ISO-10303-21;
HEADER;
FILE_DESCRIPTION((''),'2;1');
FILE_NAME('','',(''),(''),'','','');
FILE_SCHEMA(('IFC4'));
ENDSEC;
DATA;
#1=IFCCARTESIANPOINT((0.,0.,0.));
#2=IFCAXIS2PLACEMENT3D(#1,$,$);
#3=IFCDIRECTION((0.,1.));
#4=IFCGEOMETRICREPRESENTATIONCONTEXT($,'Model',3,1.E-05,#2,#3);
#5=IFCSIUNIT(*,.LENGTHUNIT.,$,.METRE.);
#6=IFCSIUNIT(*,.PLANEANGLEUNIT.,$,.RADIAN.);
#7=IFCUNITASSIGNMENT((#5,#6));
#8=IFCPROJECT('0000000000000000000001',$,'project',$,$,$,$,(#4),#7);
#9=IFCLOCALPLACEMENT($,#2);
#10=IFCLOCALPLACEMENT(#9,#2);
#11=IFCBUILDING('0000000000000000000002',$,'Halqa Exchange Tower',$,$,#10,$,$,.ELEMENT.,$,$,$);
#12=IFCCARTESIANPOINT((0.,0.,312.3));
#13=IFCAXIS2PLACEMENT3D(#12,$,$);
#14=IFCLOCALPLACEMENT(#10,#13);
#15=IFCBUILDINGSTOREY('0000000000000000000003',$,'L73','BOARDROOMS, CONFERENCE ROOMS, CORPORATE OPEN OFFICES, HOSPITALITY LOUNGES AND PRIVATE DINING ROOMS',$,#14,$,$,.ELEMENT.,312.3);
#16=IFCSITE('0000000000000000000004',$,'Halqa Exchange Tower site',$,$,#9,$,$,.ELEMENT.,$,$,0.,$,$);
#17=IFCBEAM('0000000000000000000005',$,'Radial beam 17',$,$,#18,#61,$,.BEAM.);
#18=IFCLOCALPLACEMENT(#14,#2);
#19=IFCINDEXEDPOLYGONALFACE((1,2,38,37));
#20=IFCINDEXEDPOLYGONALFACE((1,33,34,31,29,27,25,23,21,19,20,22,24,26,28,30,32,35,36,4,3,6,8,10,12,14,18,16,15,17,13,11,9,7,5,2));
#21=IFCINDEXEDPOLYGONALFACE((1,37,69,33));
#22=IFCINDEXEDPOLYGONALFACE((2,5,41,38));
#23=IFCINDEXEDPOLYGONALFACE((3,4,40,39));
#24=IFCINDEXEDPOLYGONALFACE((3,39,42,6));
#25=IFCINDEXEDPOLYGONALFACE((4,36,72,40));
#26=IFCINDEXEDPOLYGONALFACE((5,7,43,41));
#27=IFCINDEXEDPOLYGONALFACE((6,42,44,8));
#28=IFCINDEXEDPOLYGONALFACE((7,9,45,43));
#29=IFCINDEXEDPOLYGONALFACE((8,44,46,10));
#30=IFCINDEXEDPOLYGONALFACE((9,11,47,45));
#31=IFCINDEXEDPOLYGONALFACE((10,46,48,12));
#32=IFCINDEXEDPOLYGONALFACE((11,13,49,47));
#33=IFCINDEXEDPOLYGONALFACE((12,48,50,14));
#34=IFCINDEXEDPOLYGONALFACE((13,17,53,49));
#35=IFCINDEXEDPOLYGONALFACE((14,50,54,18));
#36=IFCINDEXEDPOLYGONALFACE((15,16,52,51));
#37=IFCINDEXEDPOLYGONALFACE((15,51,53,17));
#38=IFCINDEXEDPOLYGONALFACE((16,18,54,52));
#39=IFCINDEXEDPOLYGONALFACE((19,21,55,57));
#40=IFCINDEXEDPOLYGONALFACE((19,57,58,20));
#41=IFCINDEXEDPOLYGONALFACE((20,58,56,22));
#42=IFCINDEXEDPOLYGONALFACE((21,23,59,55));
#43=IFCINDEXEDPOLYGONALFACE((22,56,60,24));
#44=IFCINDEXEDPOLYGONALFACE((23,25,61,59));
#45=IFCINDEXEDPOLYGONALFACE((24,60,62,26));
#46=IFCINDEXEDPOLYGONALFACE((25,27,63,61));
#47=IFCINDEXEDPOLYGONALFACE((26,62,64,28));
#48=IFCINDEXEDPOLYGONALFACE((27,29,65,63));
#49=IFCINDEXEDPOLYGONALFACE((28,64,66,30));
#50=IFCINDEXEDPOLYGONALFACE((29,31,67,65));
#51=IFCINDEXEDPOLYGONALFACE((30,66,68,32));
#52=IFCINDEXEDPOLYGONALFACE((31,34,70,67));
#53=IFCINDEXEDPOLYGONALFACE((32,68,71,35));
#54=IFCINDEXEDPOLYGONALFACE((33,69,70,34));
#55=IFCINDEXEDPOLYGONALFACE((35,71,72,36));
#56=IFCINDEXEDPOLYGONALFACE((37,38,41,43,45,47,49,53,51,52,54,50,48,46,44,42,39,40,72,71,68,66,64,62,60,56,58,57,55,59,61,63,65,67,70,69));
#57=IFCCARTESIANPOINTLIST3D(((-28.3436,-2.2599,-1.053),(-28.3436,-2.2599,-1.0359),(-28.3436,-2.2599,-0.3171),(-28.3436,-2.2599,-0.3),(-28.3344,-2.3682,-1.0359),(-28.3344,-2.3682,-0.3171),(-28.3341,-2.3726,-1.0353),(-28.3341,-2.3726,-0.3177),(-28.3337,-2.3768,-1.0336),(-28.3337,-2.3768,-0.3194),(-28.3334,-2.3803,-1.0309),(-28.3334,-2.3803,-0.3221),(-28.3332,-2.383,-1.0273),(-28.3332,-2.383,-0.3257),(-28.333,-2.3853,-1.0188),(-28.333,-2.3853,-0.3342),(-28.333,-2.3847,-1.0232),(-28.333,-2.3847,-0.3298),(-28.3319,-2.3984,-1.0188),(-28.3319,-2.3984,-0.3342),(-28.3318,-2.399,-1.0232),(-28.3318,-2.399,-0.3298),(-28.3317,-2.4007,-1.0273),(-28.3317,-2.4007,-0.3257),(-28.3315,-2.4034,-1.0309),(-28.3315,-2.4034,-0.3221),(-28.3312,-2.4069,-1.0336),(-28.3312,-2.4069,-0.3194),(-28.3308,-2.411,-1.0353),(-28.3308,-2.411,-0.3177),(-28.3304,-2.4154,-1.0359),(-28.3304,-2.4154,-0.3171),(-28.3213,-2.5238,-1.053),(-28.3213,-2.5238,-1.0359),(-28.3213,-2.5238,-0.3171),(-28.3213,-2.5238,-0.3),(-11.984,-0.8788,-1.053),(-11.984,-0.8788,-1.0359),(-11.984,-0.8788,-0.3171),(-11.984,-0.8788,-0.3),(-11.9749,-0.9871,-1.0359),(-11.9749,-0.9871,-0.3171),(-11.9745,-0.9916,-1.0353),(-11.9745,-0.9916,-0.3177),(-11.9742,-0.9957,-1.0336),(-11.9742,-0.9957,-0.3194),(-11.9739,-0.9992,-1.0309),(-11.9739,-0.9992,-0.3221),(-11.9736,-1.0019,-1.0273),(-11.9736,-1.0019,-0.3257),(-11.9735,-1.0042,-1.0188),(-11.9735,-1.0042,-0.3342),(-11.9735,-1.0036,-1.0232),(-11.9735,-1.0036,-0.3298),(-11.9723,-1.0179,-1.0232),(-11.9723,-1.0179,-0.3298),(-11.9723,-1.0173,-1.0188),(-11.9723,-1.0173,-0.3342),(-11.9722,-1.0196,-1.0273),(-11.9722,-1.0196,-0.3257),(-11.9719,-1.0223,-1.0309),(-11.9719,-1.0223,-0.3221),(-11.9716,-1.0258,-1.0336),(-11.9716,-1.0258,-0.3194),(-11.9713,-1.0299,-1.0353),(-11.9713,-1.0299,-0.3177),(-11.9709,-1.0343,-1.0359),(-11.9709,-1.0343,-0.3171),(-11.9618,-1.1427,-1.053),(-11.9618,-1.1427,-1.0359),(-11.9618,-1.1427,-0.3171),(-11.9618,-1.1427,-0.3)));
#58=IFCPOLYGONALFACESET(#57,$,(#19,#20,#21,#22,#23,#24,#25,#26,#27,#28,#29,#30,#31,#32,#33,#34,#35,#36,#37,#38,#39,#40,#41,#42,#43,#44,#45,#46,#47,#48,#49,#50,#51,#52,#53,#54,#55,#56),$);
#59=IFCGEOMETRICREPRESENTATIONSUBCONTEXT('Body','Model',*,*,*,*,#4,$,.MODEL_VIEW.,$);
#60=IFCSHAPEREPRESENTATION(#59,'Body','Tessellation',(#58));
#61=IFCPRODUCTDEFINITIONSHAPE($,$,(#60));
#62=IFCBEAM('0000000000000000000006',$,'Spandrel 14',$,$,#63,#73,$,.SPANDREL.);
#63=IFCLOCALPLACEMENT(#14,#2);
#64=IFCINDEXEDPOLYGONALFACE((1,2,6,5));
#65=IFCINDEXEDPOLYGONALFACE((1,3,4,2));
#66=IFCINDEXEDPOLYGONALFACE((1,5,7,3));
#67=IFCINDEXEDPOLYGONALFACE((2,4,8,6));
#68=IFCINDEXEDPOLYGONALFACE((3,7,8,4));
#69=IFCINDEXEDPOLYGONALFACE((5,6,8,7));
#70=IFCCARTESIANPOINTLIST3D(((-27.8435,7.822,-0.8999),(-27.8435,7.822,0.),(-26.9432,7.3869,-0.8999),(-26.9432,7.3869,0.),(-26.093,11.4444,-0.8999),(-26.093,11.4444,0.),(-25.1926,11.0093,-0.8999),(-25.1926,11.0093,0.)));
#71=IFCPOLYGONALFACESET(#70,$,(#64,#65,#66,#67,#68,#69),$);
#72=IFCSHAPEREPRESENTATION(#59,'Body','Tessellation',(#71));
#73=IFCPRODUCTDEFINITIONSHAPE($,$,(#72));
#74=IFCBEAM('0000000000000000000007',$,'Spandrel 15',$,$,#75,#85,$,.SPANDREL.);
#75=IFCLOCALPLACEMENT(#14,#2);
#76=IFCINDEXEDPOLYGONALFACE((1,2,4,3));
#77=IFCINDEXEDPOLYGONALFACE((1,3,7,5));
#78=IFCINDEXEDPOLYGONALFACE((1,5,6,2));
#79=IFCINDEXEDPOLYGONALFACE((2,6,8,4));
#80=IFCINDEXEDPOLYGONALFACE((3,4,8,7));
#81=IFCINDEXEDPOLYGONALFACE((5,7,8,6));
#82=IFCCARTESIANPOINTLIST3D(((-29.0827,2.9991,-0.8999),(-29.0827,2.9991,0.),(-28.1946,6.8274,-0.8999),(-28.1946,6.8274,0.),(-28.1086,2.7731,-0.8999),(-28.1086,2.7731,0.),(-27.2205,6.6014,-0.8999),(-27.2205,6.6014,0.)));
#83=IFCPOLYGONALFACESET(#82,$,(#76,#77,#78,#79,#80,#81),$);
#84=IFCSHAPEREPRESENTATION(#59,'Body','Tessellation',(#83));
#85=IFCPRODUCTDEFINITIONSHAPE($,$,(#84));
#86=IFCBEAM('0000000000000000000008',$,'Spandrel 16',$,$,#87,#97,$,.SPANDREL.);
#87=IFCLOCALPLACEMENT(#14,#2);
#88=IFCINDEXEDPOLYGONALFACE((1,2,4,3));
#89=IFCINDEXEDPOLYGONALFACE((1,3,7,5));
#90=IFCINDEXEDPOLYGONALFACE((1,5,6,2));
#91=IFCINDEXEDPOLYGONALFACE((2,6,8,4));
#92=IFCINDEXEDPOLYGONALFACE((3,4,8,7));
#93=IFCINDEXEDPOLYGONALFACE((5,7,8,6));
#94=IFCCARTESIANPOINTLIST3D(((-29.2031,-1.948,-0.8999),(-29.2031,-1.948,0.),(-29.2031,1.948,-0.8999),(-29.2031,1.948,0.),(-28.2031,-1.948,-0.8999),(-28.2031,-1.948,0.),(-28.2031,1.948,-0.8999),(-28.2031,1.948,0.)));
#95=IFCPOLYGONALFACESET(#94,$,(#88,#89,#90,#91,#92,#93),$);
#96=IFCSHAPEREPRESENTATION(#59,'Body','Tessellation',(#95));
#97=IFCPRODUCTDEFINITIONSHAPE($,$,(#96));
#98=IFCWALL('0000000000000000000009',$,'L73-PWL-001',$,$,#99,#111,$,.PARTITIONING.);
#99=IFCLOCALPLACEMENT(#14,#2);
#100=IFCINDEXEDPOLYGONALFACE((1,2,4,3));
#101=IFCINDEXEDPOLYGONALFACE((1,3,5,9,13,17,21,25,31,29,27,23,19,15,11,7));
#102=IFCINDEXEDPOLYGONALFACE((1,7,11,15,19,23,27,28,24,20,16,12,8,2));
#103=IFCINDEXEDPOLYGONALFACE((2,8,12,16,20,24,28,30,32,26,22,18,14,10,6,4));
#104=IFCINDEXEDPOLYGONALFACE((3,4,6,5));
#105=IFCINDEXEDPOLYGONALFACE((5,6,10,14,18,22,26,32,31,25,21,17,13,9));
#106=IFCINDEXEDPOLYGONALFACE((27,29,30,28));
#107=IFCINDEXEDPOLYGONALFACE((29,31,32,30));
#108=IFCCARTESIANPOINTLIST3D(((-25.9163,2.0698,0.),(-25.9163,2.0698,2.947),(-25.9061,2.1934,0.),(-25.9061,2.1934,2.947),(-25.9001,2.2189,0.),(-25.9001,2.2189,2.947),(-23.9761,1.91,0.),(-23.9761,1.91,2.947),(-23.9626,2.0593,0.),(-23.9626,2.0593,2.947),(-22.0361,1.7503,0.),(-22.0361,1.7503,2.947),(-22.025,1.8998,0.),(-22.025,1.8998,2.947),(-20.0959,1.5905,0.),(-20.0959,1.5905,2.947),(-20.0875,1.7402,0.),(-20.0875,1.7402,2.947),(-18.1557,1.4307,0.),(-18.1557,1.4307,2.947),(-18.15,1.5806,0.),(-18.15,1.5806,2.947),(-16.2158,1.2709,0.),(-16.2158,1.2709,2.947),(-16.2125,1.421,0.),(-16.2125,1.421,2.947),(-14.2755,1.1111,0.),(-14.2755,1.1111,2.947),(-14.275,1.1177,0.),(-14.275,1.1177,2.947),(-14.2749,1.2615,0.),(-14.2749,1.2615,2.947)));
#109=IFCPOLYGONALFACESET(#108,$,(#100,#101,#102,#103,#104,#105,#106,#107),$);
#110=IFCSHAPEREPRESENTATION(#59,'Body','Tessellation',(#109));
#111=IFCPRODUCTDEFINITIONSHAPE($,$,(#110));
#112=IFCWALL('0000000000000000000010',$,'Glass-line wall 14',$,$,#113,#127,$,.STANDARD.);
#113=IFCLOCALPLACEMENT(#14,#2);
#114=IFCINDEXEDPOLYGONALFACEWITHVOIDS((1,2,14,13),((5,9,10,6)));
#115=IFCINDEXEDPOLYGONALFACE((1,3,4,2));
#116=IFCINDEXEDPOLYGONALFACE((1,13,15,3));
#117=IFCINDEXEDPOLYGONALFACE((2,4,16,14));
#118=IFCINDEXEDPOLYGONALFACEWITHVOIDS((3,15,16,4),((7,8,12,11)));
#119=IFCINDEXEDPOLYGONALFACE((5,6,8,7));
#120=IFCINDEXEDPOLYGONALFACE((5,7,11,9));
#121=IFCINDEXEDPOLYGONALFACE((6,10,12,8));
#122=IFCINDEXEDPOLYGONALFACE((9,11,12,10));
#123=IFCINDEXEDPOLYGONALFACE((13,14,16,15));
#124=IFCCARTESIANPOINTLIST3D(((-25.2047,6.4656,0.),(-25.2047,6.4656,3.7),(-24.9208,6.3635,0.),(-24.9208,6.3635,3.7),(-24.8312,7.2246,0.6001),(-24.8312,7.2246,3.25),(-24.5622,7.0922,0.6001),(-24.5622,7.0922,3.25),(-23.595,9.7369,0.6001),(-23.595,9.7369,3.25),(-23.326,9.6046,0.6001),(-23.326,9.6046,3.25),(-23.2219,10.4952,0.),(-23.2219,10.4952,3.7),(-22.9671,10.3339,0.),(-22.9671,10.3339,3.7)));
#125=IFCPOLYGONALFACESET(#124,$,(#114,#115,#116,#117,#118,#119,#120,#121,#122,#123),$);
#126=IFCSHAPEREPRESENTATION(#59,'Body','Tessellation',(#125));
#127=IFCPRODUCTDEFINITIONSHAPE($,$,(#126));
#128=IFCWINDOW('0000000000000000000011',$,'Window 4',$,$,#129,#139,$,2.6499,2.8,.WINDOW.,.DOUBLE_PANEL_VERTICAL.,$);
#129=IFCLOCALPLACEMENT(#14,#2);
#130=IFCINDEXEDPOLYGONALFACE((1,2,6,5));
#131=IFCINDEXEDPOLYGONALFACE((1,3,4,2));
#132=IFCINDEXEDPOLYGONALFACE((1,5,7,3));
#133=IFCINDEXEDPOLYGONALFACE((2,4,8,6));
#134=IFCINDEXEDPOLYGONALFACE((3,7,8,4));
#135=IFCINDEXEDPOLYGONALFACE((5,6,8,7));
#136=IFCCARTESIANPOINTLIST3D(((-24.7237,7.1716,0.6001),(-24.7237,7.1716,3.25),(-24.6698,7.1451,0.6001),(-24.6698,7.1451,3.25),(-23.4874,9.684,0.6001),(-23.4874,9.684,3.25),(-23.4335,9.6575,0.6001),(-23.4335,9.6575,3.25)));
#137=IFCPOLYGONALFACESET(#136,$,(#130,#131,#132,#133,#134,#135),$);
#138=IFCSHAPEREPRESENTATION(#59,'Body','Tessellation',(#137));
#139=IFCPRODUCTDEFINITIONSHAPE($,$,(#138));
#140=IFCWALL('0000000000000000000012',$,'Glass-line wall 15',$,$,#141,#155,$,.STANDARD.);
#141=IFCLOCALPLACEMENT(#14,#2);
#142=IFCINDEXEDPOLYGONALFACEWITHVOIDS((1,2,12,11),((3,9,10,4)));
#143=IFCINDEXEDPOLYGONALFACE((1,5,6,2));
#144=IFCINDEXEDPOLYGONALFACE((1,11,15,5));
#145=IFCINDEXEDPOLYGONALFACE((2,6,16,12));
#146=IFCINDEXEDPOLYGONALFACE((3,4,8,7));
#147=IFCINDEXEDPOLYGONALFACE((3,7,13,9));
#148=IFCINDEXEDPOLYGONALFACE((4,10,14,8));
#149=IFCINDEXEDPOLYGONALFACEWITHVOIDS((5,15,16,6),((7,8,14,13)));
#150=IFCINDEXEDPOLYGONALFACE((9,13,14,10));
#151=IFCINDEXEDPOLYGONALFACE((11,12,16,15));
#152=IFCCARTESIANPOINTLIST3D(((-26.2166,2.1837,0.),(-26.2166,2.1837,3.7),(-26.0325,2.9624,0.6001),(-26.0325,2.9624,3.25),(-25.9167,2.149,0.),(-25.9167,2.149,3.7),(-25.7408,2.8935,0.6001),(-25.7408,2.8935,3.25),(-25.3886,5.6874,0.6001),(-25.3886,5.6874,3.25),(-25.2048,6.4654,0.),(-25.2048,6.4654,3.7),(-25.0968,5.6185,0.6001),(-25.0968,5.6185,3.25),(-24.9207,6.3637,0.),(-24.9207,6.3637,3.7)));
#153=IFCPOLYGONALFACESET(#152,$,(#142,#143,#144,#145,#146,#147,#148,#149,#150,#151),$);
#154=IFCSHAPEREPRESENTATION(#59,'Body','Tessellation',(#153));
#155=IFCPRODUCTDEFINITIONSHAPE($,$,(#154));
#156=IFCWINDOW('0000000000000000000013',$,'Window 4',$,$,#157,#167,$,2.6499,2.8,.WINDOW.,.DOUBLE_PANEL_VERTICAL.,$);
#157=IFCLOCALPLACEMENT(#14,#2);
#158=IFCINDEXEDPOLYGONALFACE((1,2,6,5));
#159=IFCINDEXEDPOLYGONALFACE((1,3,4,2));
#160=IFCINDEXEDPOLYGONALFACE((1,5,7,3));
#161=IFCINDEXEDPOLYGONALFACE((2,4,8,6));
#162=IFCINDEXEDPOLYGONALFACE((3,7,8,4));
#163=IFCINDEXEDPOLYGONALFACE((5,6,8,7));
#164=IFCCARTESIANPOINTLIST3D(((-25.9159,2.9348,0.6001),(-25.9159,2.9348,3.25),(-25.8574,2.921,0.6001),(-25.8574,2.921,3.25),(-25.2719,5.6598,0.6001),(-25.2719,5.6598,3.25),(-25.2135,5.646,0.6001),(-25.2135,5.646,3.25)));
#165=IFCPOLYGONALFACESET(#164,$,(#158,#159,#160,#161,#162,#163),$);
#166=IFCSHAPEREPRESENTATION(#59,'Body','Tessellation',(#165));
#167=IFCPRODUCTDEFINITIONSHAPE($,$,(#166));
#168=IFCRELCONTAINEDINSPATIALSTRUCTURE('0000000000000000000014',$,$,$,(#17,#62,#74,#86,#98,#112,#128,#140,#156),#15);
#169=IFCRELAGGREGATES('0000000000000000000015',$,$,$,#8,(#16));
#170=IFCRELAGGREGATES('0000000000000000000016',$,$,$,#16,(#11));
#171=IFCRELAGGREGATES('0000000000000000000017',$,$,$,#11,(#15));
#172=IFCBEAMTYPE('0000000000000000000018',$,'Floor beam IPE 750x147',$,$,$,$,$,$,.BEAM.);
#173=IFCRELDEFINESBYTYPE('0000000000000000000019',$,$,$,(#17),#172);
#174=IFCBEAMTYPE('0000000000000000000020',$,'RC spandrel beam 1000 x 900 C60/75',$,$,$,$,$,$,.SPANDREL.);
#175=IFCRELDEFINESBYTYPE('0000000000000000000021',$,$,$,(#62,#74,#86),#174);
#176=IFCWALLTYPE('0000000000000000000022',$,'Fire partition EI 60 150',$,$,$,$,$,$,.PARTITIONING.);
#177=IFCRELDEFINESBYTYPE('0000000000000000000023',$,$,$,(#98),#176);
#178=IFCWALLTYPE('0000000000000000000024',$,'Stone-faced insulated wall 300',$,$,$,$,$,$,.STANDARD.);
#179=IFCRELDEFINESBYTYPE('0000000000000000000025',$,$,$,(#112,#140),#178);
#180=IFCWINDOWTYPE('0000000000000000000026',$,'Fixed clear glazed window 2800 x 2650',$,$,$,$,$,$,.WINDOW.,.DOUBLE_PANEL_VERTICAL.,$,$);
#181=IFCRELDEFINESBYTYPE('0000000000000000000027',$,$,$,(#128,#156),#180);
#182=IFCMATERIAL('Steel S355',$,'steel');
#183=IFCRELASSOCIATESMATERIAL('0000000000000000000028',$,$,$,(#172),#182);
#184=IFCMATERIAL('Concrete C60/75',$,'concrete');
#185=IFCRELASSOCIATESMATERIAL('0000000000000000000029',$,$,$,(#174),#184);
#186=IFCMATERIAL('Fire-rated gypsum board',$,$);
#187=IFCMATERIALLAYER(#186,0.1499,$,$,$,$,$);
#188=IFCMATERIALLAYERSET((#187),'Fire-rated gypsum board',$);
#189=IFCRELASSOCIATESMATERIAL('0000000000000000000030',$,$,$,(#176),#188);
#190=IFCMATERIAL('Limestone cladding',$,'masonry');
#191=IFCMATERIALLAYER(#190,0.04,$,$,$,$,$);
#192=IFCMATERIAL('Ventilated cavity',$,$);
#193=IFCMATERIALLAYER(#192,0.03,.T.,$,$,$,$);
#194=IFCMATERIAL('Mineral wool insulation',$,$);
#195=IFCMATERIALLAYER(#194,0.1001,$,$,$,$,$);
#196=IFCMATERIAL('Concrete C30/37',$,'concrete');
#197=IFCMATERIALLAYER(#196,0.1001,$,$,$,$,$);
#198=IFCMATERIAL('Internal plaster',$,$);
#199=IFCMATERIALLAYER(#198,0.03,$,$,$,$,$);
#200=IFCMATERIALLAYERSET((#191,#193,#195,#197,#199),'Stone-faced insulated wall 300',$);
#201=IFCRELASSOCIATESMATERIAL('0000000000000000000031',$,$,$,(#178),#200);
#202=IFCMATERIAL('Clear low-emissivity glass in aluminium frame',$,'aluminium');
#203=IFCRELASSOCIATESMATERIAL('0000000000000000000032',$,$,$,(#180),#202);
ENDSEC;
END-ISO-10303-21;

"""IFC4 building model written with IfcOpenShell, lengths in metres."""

from ifc_helpers import new_model, si_unit, direction, frame, frame_2d, origin, origin_2d, place, context, subcontext, project, spatial, polyline, rectangle, i_section, outline, extrude, material, layer, layer_set, material_profile, profile_set, type_object, element, fill, save


model = new_model("IFC4")

# Units and contexts
model_context = context("Model", 3, precision=1e-05, world=origin(), true_north=direction((0.0, 1.0)))
body_context = subcontext(model_context, "Body", "Model", "MODEL_VIEW")
ifc_project = project(units=[si_unit("LENGTHUNIT", "METRE"), si_unit("PLANEANGLEUNIT", "RADIAN")], contexts=[model_context])

# Site, building, storey
site_placement = place(None, origin())
site = spatial("IfcSite", under=ifc_project, at=site_placement, Name="Halqa Exchange Tower site", CompositionType="ELEMENT", RefElevation=0.0)
building_placement = place(site_placement, origin())
building = spatial("IfcBuilding", under=site, at=building_placement, Name="Halqa Exchange Tower", CompositionType="ELEMENT")
storey_placement = place(building_placement, frame((0.0, 0.0, 312.3)))
storey = spatial("IfcBuildingStorey", under=building, at=storey_placement, Name="L73", Description="BOARDROOMS, CONFERENCE ROOMS, CORPORATE OPEN OFFICES, HOSPITALITY LOUNGES AND PRIVATE DINING ROOMS", CompositionType="ELEMENT", Elevation=312.3)

# Beams
ifc_material_1 = material(Name="Steel S355", Category="steel")
ifc_material_profile_1 = material_profile(ifc_material_1, i_section(OverallWidth=0.2649, OverallDepth=0.7529, WebThickness=0.0132, FlangeThickness=0.0171, FilletRadius=0.0171, at=origin_2d()), Name="IPE 750x147")
ifc_profile_set_1 = profile_set([ifc_material_profile_1], Name="Steel S355")
beam_type_1 = type_object("IfcBeamType", Name="Floor beam IPE 750x147", PredefinedType="BEAM", material=ifc_profile_set_1)
for number, where, z_axis, x_axis, name in (
    (1, (-11.9729, -1.0107, -0.6765), (-0.996455, -0.084122, 0.0), (0.084122, -0.996455, 0.0), "Radial beam 17"),
):
    element("IfcBeam", number, at=place(storey_placement, frame(where, z_axis=z_axis, x_axis=x_axis)), inside=storey, type_object=beam_type_1, Name=name, PredefinedType="BEAM", context=body_context, shape_type="SweptSolid", body=[
        extrude(i_section(OverallWidth=0.2649, OverallDepth=0.7529, WebThickness=0.0132, FlangeThickness=0.0171, FilletRadius=0.0171, at=origin_2d()), origin(), (0.0, 0.0, 1.0), 16.4177),
    ])
ifc_material_2 = material(Name="Concrete C60/75", Category="concrete")
ifc_material_profile_2 = material_profile(ifc_material_2, rectangle(XDim=1.0, YDim=0.8999, at=origin_2d()), Name="1000 x 900")
ifc_profile_set_2 = profile_set([ifc_material_profile_2], Name="Concrete C60/75")
beam_type_2 = type_object("IfcBeamType", Name="RC spandrel beam 1000 x 900 C60/75", PredefinedType="SPANDREL", material=ifc_profile_set_2)
beam_1_placement = place(storey_placement, frame((-25.6428, 11.2268, -0.45), z_axis=(-0.435109, -0.900378, 0.0), x_axis=(0.900378, -0.435109, 0.0)))
element("IfcBeam", 2, at=beam_1_placement, inside=storey, type_object=beam_type_2, Name="Spandrel 14", PredefinedType="SPANDREL", context=body_context, shape_type="SweptSolid", body=[
    extrude(rectangle(XDim=1.0, YDim=0.8999, at=origin_2d()), origin(), (0.0, 0.0, 1.0), 4.0232),
])
beam_2_placement = place(storey_placement, frame((-27.7075, 6.7144, -0.45), z_axis=(-0.225998, -0.974128, 0.0), x_axis=(0.974128, -0.225998, 0.0)))
element("IfcBeam", 3, at=beam_2_placement, inside=storey, type_object=beam_type_2, Name="Spandrel 15", PredefinedType="SPANDREL", context=body_context, shape_type="SweptSolid", body=[
    extrude(rectangle(XDim=1.0, YDim=0.8999, at=origin_2d()), origin(), (0.0, 0.0, 1.0), 3.9299),
])
beam_3_placement = place(storey_placement, frame((-28.7031, 1.948, -0.45), z_axis=(0.0, -1.0, 0.0), x_axis=(1.0, 0.0, 0.0)))
element("IfcBeam", 4, at=beam_3_placement, inside=storey, type_object=beam_type_2, Name="Spandrel 16", PredefinedType="SPANDREL", context=body_context, shape_type="SweptSolid", body=[
    extrude(rectangle(XDim=1.0, YDim=0.8999, at=origin_2d()), origin(), (0.0, 0.0, 1.0), 3.896),
])

# Wall
ifc_material_3 = material(Name="Fire-rated gypsum board")
ifc_layer_1 = layer(ifc_material_3, 0.1499)
ifc_layer_set_1 = layer_set([ifc_layer_1], Name="Fire-rated gypsum board")
wall_type_1 = type_object("IfcWallType", Name="Fire partition EI 60 150", PredefinedType="PARTITIONING", material=ifc_layer_set_1)
wall_1_placement = place(storey_placement, frame((-25.9102, 2.1445, 0.0), z_axis=(0.0, 0.0, 1.0), x_axis=(0.996626, -0.082082, 0.0)))
element("IfcWall", 5, at=wall_1_placement, inside=storey, type_object=wall_type_1, Name="L73-PWL-001", PredefinedType="PARTITIONING", context=body_context, shape_type="SweptSolid", body=[
    extrude(outline(polyline([(11.6802, -0.075), (11.6802, -0.0684), (11.6685, 0.075), (9.7244, 0.075), (7.7803, 0.075), (5.8362, 0.075), (3.8921, 0.075), (1.948, 0.075), (0.0039, 0.075), (0.0, 0.0491), (0.0, -0.075), (1.9468, -0.075), (3.8933, -0.075), (5.8401, -0.075), (7.7869, -0.075), (9.7334, -0.075), (11.6802, -0.075)])), origin(), (0.0, 0.0, 1.0), 2.947),
])

# Walls, openings, windows
ifc_material_4 = material(Name="Limestone cladding", Category="masonry")
ifc_layer_2 = layer(ifc_material_4, 0.04)
ifc_material_5 = material(Name="Ventilated cavity")
ifc_layer_3 = layer(ifc_material_5, 0.03, ventilated=True)
ifc_material_6 = material(Name="Mineral wool insulation")
ifc_layer_4 = layer(ifc_material_6, 0.1001)
ifc_material_7 = material(Name="Concrete C30/37", Category="concrete")
ifc_layer_5 = layer(ifc_material_7, 0.1001)
ifc_material_8 = material(Name="Internal plaster")
ifc_layer_6 = layer(ifc_material_8, 0.03)
ifc_layer_set_2 = layer_set([ifc_layer_2, ifc_layer_3, ifc_layer_4, ifc_layer_5, ifc_layer_6], Name="Stone-faced insulated wall 300")
wall_type_2 = type_object("IfcWallType", Name="Stone-faced insulated wall 300", PredefinedType="STANDARD", material=ifc_layer_set_2)
wall_2_placement = place(storey_placement, frame((-23.0945, 10.4146, 0.0), z_axis=(0.0, 0.0, 1.0), x_axis=(-0.441509, -0.897257, 0.0)))
wall_2 = element("IfcWall", 6, at=wall_2_placement, inside=storey, type_object=wall_type_2, Name="Glass-line wall 14", PredefinedType="STANDARD", context=body_context, shape_type="SweptSolid", body=[
    extrude(outline(polyline([(-0.0161, -0.1499), (4.4749, -0.1499), (4.4412, 0.1499), (0.0161, 0.1499), (-0.0161, -0.1499)])), origin(), (0.0, 0.0, 1.0), 3.7),
])
opening_1_placement = place(wall_2_placement, frame((0.8291, 0.0, 0.6001)))
opening_1 = element("IfcOpeningElement", 7, at=opening_1_placement, cuts=wall_2, PredefinedType="OPENING", context=body_context, shape_type="SweptSolid", body=[
    extrude(rectangle(XDim=2.8, YDim=2.6499, at=frame_2d((1.3999, 1.325))), frame((0.0, 0.1621, 0.0), z_axis=(0.0, -1.0, 0.0), x_axis=(1.0, 0.0, 0.0)), (0.0, 0.0, 1.0), 0.324),
])
ifc_material_9 = material(Name="Clear low-emissivity glass in aluminium frame", Category="aluminium")
window_type = type_object("IfcWindowType", Name="Fixed clear glazed window 2800 x 2650", PartitioningType="DOUBLE_PANEL_VERTICAL", PredefinedType="WINDOW", material=ifc_material_9)
window_1_placement = place(opening_1_placement, origin())
window_1 = element("IfcWindow", 8, at=window_1_placement, inside=storey, type_object=window_type, Name="Window 4", OverallHeight=2.6499, OverallWidth=2.8, PartitioningType="DOUBLE_PANEL_VERTICAL", PredefinedType="WINDOW", context=body_context, shape_type="SweptSolid", body=[
    extrude(rectangle(XDim=2.8, YDim=2.6499, at=frame_2d((1.3999, 1.325))), frame((0.0, 0.03, 0.0), z_axis=(0.0, -1.0, 0.0), x_axis=(1.0, 0.0, 0.0)), (0.0, 0.0, 1.0), 0.0601),
])
fill(opening_1, window_1)
wall_3_placement = place(storey_placement, frame((-25.0627, 6.4146, 0.0), z_axis=(0.0, 0.0, 1.0), x_axis=(-0.229974, -0.973197, 0.0)))
wall_3 = element("IfcWall", 9, at=wall_3_placement, inside=storey, type_object=wall_type_2, Name="Glass-line wall 15", PredefinedType="STANDARD", context=body_context, shape_type="SweptSolid", body=[
    extrude(outline(polyline([(-0.0168, -0.1499), (4.3828, -0.1499), (4.3477, 0.1499), (0.0168, 0.1499), (-0.0168, -0.1499)])), origin(), (0.0, 0.0, 1.0), 3.7),
])
opening_2_placement = place(wall_3_placement, frame((0.7827, 0.0, 0.6001)))
opening_2 = element("IfcOpeningElement", 10, at=opening_2_placement, cuts=wall_3, PredefinedType="OPENING", context=body_context, shape_type="SweptSolid", body=[
    extrude(rectangle(XDim=2.8, YDim=2.6499, at=frame_2d((1.3999, 1.325))), frame((0.0, 0.1621, 0.0), z_axis=(0.0, -1.0, 0.0), x_axis=(1.0, 0.0, 0.0)), (0.0, 0.0, 1.0), 0.324),
])
window_2_placement = place(opening_2_placement, origin())
window_2 = element("IfcWindow", 11, at=window_2_placement, inside=storey, type_object=window_type, Name="Window 4", OverallHeight=2.6499, OverallWidth=2.8, PartitioningType="DOUBLE_PANEL_VERTICAL", PredefinedType="WINDOW", context=body_context, shape_type="SweptSolid", body=[
    extrude(rectangle(XDim=2.8, YDim=2.6499, at=frame_2d((1.3999, 1.325))), frame((0.0, 0.03, 0.0), z_axis=(0.0, -1.0, 0.0), x_axis=(1.0, 0.0, 0.0)), (0.0, 0.0, 1.0), 0.0601),
])
fill(opening_2, window_2)

save(model, "model.ifc")
